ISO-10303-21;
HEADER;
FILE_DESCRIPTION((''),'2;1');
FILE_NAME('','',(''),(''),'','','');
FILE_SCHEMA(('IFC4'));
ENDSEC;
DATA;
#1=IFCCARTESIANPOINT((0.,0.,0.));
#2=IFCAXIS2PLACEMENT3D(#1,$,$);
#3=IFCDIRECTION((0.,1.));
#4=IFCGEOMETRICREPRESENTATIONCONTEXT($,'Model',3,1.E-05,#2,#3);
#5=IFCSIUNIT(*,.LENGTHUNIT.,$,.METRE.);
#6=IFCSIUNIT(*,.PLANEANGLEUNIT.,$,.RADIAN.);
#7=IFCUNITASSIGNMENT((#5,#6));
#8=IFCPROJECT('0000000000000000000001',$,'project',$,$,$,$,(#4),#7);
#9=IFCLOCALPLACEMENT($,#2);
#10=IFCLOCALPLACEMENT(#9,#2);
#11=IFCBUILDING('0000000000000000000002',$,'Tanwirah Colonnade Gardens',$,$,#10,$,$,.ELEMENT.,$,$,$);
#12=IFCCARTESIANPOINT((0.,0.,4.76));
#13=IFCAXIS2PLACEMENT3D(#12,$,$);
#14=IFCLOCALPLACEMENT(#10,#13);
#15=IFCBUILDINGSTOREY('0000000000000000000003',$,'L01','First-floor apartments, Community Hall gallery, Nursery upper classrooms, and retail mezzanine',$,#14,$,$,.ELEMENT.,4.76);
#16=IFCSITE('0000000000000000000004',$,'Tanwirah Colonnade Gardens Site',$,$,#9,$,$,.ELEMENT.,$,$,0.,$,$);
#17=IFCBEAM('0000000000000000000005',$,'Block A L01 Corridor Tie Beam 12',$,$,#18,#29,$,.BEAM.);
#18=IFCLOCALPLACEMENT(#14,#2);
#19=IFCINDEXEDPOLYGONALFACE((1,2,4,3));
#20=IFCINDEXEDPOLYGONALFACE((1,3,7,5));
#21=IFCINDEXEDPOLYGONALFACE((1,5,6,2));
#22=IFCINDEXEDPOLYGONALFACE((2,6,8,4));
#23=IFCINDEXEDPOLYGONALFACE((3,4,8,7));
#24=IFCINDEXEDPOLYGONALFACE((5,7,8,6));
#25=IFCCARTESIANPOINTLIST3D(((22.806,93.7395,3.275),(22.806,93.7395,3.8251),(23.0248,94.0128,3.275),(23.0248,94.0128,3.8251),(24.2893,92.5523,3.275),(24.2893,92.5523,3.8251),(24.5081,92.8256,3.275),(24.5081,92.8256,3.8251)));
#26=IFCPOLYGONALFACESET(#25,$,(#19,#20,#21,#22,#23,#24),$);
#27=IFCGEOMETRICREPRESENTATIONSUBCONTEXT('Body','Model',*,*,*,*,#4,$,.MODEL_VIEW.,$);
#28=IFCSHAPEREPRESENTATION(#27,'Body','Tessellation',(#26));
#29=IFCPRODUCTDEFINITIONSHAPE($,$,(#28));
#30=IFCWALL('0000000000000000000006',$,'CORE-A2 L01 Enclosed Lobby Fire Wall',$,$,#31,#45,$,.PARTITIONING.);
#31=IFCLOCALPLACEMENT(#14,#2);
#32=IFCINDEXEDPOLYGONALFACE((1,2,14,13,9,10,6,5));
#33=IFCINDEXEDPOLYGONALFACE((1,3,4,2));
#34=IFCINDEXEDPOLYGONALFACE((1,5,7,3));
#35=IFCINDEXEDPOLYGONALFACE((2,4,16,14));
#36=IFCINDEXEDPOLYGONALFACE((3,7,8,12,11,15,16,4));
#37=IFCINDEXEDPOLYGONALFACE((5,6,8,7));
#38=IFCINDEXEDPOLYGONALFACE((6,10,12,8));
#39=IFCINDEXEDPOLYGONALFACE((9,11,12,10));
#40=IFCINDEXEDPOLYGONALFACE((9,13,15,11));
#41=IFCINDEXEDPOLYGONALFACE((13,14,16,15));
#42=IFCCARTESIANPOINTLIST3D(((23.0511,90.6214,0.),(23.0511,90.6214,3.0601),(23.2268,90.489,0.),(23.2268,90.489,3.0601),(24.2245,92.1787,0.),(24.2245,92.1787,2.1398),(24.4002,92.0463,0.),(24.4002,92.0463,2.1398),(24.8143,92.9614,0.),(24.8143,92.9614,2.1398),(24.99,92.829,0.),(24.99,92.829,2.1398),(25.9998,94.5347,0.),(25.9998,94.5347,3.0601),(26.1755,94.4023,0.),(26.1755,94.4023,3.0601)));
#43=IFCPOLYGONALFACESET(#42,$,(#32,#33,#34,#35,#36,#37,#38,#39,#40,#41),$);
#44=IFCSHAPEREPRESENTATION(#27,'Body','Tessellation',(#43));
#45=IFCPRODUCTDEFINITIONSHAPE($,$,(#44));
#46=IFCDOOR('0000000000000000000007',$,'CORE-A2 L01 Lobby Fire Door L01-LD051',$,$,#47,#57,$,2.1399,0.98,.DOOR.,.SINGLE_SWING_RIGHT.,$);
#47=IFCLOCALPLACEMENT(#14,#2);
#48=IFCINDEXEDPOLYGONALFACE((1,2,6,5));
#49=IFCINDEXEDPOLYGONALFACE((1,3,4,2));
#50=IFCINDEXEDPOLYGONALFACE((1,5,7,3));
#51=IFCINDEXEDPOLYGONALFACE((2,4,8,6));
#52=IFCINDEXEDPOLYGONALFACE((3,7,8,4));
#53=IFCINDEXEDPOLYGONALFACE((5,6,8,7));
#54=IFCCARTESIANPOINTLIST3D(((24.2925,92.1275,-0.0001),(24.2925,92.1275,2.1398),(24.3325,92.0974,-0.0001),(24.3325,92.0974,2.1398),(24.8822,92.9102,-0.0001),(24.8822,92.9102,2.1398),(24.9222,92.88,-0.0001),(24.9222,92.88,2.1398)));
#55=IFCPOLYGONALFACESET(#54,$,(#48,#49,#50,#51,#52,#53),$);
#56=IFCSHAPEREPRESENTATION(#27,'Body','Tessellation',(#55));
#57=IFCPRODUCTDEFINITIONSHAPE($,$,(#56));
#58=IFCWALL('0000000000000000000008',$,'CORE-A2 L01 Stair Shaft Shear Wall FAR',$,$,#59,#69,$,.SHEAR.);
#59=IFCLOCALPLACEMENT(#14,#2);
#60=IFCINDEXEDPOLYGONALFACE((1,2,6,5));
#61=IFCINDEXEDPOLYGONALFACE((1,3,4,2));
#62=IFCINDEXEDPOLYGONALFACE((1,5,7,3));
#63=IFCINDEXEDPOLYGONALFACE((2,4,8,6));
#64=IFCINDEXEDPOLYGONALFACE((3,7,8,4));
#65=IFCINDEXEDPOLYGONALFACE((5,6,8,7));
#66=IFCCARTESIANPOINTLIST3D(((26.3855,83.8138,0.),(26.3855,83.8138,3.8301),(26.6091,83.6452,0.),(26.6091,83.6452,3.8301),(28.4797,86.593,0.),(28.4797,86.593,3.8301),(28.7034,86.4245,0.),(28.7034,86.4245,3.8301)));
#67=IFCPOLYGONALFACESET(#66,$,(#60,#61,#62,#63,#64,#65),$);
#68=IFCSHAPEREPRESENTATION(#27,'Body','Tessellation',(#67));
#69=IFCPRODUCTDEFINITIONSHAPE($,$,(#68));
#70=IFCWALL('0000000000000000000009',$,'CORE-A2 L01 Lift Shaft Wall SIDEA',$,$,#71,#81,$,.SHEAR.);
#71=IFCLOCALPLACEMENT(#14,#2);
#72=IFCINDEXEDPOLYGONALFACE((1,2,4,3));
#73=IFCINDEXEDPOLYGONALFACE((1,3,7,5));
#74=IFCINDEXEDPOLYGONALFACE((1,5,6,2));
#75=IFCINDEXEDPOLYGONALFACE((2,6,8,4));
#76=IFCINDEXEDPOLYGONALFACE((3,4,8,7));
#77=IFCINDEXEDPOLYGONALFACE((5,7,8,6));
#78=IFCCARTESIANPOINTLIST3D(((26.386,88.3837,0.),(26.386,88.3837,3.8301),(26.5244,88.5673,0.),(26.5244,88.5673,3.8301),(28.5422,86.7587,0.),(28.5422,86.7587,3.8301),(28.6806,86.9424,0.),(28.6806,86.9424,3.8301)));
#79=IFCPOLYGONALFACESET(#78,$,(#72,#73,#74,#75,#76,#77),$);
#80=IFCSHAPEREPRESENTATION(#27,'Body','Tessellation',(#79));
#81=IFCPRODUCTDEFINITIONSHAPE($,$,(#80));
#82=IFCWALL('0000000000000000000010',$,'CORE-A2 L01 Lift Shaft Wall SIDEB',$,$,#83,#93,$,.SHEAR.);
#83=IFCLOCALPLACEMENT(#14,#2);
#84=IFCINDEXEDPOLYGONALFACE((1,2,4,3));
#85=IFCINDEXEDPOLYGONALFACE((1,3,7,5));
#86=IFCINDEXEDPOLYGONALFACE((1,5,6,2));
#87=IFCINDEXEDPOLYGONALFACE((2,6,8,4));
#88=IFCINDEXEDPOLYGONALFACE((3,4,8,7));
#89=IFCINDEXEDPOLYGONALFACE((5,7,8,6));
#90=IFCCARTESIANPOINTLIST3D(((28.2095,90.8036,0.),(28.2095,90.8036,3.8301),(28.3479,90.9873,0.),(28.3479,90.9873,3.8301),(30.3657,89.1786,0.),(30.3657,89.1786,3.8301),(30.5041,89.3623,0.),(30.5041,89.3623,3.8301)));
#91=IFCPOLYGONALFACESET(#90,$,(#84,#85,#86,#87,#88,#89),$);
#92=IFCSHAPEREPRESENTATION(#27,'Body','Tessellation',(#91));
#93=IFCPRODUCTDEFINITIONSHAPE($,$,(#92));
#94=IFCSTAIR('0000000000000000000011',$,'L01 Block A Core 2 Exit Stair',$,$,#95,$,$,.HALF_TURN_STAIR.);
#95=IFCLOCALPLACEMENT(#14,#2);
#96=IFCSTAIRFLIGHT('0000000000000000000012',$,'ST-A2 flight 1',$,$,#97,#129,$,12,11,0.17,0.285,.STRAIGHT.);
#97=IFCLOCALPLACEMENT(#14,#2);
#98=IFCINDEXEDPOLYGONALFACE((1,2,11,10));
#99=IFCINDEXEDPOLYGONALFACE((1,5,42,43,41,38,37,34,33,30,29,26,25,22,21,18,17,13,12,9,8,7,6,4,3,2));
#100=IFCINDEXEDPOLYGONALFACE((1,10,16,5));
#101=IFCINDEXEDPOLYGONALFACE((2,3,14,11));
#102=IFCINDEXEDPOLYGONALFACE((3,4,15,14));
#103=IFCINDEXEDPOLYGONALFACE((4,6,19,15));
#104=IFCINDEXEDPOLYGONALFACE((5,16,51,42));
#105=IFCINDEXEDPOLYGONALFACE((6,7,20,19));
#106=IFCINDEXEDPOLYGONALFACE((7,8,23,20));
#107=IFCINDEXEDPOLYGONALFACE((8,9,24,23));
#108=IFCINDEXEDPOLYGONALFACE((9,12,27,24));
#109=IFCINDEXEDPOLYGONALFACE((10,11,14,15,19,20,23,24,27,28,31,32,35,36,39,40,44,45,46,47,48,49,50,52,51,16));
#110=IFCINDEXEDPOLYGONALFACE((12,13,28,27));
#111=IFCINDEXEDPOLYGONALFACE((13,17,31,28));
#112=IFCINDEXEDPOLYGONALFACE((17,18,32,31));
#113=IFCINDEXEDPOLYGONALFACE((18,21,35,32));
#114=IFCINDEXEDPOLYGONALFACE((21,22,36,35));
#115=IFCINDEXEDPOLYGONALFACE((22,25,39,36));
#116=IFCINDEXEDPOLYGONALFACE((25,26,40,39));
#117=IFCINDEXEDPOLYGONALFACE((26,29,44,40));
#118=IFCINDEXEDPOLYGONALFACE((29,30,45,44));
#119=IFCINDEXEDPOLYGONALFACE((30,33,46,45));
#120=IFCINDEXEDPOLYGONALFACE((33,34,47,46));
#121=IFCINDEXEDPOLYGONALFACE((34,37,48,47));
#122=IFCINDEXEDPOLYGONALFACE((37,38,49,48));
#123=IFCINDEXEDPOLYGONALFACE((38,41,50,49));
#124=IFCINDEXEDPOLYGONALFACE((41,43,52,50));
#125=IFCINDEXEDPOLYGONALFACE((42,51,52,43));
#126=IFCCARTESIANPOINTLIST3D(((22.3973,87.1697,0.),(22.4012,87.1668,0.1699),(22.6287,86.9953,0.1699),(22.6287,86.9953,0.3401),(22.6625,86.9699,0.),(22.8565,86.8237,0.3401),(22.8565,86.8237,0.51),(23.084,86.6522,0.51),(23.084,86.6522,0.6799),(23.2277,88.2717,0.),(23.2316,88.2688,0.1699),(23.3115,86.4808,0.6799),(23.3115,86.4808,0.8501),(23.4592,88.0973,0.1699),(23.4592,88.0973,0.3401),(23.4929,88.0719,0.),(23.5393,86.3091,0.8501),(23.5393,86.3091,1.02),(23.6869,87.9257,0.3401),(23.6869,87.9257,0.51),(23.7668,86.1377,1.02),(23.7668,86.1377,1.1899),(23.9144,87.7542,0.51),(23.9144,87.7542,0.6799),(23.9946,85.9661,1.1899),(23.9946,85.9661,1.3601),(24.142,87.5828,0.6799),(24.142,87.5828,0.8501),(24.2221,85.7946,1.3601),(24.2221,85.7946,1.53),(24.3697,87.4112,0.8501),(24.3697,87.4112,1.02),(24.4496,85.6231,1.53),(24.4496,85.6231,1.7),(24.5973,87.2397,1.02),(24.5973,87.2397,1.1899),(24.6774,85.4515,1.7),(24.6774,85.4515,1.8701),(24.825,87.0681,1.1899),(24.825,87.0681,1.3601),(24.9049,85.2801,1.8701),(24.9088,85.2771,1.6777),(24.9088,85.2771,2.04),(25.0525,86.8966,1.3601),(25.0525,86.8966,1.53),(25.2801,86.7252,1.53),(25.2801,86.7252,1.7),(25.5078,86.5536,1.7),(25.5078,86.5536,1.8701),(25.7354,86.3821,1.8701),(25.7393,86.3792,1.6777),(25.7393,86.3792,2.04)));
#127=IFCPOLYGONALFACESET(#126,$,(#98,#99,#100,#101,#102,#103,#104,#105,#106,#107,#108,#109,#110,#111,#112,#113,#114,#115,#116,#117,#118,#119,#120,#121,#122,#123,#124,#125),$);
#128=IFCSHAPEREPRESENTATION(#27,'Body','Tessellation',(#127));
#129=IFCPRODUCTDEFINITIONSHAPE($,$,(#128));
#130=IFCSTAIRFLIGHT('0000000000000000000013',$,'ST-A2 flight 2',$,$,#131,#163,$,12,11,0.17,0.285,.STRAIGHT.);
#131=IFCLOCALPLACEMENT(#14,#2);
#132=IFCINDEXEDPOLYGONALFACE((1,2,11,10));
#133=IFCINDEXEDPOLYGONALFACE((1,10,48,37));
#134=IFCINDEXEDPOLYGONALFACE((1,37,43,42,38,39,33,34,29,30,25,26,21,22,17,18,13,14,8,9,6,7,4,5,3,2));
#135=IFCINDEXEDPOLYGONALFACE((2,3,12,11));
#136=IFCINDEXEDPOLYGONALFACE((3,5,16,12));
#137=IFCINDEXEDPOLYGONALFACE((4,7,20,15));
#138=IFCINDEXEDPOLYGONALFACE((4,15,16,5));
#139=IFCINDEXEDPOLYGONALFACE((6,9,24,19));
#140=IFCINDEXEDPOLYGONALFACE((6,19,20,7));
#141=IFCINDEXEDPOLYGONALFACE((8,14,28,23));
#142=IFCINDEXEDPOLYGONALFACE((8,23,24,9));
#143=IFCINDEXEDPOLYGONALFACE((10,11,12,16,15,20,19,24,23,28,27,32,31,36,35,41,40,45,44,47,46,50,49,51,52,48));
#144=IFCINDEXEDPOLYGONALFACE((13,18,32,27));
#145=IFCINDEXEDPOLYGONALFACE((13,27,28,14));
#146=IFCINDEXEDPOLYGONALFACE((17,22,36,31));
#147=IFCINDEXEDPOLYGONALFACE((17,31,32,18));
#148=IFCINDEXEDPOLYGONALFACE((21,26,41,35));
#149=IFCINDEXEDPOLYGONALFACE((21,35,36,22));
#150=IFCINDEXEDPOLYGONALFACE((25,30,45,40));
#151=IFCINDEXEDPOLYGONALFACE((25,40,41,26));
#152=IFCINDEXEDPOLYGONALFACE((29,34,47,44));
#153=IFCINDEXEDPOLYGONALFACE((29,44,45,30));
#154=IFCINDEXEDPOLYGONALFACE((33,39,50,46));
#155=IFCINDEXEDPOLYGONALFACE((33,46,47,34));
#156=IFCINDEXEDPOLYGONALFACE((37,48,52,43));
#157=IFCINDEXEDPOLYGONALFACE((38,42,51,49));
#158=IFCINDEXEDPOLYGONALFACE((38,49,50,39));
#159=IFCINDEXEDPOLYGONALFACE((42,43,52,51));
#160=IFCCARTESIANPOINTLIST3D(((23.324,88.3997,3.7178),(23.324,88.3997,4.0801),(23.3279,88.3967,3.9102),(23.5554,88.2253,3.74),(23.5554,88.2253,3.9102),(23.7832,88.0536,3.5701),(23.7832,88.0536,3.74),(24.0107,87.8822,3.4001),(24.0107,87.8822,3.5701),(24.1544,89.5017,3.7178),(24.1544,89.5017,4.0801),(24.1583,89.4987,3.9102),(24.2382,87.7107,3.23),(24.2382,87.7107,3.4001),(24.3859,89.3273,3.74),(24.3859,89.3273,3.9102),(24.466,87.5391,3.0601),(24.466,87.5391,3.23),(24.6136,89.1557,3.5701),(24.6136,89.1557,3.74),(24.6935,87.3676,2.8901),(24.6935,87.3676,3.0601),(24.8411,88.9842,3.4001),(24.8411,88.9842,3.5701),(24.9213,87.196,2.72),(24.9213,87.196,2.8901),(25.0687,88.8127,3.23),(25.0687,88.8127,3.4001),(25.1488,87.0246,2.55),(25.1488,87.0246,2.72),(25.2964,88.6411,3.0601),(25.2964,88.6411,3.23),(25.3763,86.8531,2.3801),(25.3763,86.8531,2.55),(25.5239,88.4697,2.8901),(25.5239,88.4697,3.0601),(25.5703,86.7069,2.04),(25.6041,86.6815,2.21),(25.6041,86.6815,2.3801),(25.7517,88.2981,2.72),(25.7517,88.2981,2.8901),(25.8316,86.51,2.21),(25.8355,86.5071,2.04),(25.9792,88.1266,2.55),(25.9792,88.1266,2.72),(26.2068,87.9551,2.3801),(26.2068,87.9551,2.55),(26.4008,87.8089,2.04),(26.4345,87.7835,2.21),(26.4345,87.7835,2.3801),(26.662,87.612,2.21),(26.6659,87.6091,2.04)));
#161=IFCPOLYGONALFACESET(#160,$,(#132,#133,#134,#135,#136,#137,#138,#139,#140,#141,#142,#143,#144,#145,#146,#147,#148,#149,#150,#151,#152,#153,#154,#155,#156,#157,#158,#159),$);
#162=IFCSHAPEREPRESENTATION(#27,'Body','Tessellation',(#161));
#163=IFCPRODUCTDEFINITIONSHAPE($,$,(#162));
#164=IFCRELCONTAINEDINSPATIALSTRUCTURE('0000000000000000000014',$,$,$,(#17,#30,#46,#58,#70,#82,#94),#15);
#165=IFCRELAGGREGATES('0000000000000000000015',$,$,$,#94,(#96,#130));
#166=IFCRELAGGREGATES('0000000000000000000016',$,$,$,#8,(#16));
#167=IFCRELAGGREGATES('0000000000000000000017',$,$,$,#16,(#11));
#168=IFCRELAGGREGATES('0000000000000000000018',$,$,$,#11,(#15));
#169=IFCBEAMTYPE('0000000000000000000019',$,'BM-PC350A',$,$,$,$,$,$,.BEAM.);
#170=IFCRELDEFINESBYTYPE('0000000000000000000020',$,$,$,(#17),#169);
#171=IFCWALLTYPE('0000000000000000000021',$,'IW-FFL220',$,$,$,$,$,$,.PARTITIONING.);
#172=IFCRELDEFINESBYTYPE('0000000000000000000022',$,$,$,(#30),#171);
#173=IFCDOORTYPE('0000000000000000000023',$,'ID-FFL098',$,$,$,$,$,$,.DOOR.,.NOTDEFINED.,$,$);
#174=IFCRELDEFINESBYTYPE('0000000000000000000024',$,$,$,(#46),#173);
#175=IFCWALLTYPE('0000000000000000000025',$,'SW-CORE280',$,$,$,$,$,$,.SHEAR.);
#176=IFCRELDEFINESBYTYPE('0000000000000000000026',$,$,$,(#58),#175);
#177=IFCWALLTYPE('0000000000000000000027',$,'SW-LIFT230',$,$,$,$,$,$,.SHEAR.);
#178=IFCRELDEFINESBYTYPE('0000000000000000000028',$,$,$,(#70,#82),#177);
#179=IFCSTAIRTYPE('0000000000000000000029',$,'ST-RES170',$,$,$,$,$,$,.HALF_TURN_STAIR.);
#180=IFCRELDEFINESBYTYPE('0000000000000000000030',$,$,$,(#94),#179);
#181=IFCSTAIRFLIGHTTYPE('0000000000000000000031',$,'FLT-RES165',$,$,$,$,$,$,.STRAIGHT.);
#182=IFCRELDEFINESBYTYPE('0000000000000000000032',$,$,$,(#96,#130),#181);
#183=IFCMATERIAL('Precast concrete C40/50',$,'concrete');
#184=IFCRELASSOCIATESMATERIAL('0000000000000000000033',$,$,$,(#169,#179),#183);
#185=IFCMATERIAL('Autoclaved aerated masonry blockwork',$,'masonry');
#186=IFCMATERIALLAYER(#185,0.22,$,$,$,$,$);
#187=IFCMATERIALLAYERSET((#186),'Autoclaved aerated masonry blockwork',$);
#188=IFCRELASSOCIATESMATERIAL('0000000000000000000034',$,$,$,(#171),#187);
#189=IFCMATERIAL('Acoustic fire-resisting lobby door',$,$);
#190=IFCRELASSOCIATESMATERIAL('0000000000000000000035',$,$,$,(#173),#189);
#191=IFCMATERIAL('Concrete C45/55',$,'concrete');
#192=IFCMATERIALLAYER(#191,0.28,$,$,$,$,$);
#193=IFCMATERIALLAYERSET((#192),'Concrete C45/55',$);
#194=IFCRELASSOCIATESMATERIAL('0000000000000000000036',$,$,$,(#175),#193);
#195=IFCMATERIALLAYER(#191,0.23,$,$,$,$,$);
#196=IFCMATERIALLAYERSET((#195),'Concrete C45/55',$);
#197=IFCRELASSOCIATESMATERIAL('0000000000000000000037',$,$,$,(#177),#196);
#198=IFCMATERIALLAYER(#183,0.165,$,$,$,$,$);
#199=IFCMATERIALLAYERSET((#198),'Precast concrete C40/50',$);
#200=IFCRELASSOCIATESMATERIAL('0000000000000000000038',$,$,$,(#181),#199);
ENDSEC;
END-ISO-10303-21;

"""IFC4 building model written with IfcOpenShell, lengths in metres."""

from ifc_helpers import new_model, si_unit, direction, frame, frame_2d, origin, origin_2d, place, context, subcontext, project, spatial, polyline, rectangle, outline, extrude, material, layer, layer_set, material_profile, profile_set, type_object, element, fill, aggregate, save


model = new_model("IFC4")

# Units and contexts
model_context = context("Model", 3, precision=1e-05, world=origin(), true_north=direction((0.0, 1.0)))
body_context = subcontext(model_context, "Body", "Model", "MODEL_VIEW")
ifc_project = project(units=[si_unit("LENGTHUNIT", "METRE"), si_unit("PLANEANGLEUNIT", "RADIAN")], contexts=[model_context])

# Site, building, storey
site_placement = place(None, origin())
site = spatial("IfcSite", under=ifc_project, at=site_placement, Name="Tanwirah Colonnade Gardens Site", CompositionType="ELEMENT", RefElevation=0.0)
building_placement = place(site_placement, origin())
building = spatial("IfcBuilding", under=site, at=building_placement, Name="Tanwirah Colonnade Gardens", CompositionType="ELEMENT")
storey_placement = place(building_placement, frame((0.0, 0.0, 4.76)))
storey = spatial("IfcBuildingStorey", under=building, at=storey_placement, Name="L01", Description="First-floor apartments, Community Hall gallery, Nursery upper classrooms, and retail mezzanine", CompositionType="ELEMENT", Elevation=4.76)

# Beam
ifc_material_1 = material(Name="Precast concrete C40/50", Category="concrete")
ifc_material_profile = material_profile(ifc_material_1, rectangle(XDim=0.3501, YDim=0.55, at=origin_2d()), Name="PC-BM 350x550")
ifc_profile_set = profile_set([ifc_material_profile], Name="Precast concrete C40/50")
beam_type = type_object("IfcBeamType", Name="BM-PC350A", PredefinedType="BEAM", material=ifc_profile_set)
beam_placement = place(storey_placement, frame((24.3987, 92.689, 3.55), z_axis=(-0.780731, 0.624867, 0.0), x_axis=(-0.624867, -0.780731, 0.0)))
element("IfcBeam", 1, at=beam_placement, inside=storey, type_object=beam_type, Name="Block A L01 Corridor Tie Beam 12", PredefinedType="BEAM", context=body_context, shape_type="SweptSolid", body=[
    extrude(rectangle(XDim=0.3501, YDim=0.55, at=origin_2d()), origin(), (0.0, 0.0, 1.0), 1.8999),
])

# Wall, opening, door
ifc_material_2 = material(Name="Autoclaved aerated masonry blockwork", Category="masonry")
ifc_layer_1 = layer(ifc_material_2, 0.22)
ifc_layer_set_1 = layer_set([ifc_layer_1], Name="Autoclaved aerated masonry blockwork")
wall_type_1 = type_object("IfcWallType", Name="IW-FFL220", PredefinedType="PARTITIONING", material=ifc_layer_set_1)
wall_1_placement = place(storey_placement, frame((23.1389, 90.5552, 0.0), z_axis=(0.0, 0.0, 1.0), x_axis=(0.601792, 0.798653, 0.0)))
wall_1 = element("IfcWall", 2, at=wall_1_placement, inside=storey, type_object=wall_type_1, Name="CORE-A2 L01 Enclosed Lobby Fire Wall", PredefinedType="PARTITIONING", context=body_context, shape_type="SweptSolid", body=[
    extrude(rectangle(XDim=4.8999, YDim=0.22, at=frame_2d((2.45, 0.0))), origin(), (0.0, 0.0, 1.0), 3.0601),
])
opening_1_placement = place(wall_1_placement, frame((1.95, 0.0, 0.0)))
opening_1 = element("IfcOpeningElement", 3, at=opening_1_placement, cuts=wall_1, PredefinedType="OPENING", context=body_context, shape_type="SweptSolid", body=[
    extrude(rectangle(XDim=0.98, YDim=2.1399, at=frame_2d((0.49, 1.0698))), frame((0.0, 0.1199, 0.0), z_axis=(0.0, -1.0, 0.0), x_axis=(1.0, 0.0, 0.0)), (0.0, 0.0, 1.0), 0.24),
])
ifc_material_3 = material(Name="Acoustic fire-resisting lobby door")
door_type_1 = type_object("IfcDoorType", Name="ID-FFL098", OperationType="NOTDEFINED", PredefinedType="DOOR", material=ifc_material_3)
door_1_placement = place(opening_1_placement, origin())
door_1 = element("IfcDoor", 4, at=door_1_placement, inside=storey, type_object=door_type_1, Name="CORE-A2 L01 Lobby Fire Door L01-LD051", OperationType="SINGLE_SWING_RIGHT", OverallHeight=2.1399, OverallWidth=0.98, PredefinedType="DOOR", context=body_context, shape_type="SweptSolid", body=[
    extrude(rectangle(XDim=0.98, YDim=2.1399, at=frame_2d((0.49, 1.0698))), frame((0.0, 0.0249, 0.0), z_axis=(0.0, -1.0, 0.0), x_axis=(1.0, 0.0, 0.0)), (0.0, 0.0, 1.0), 0.05),
])
fill(opening_1, door_1)

# Wall
ifc_material_4 = material(Name="Concrete C45/55", Category="concrete")
ifc_layer_2 = layer(ifc_material_4, 0.28)
ifc_layer_set_2 = layer_set([ifc_layer_2], Name="Concrete C45/55")
wall_type_2 = type_object("IfcWallType", Name="SW-CORE280", PredefinedType="SHEAR", material=ifc_layer_set_2)
wall_2_placement = place(storey_placement, frame((26.4973, 83.7295, 0.0), z_axis=(0.0, 0.0, 1.0), x_axis=(0.601794, 0.798651, 0.0)))
element("IfcWall", 5, at=wall_2_placement, inside=storey, type_object=wall_type_2, Name="CORE-A2 L01 Stair Shaft Shear Wall FAR", PredefinedType="SHEAR", context=body_context, shape_type="SweptSolid", body=[
    extrude(rectangle(XDim=3.48, YDim=0.28, at=frame_2d((1.74, 0.0))), origin(), (0.0, 0.0, 1.0), 3.8301),
])

# Shared definitions
ifc_layer_3 = layer(ifc_material_4, 0.23)
ifc_layer_set_3 = layer_set([ifc_layer_3], Name="Concrete C45/55")
wall_type_3 = type_object("IfcWallType", Name="SW-LIFT230", PredefinedType="SHEAR", material=ifc_layer_set_3)

# Walls
for number, where, z_axis, x_axis, name in (
    (6, (26.4551, 88.4756, 0.0), (0.0, 0.0, 1.0), (0.798609, -0.60185, 0.0), "CORE-A2 L01 Lift Shaft Wall SIDEA"),
    (7, (28.2786, 90.8955, 0.0), (0.0, 0.0, 1.0), (0.798609, -0.60185, 0.0), "CORE-A2 L01 Lift Shaft Wall SIDEB"),
):
    element("IfcWall", number, at=place(storey_placement, frame(where, z_axis=z_axis, x_axis=x_axis)), inside=storey, type_object=wall_type_3, Name=name, PredefinedType="SHEAR", context=body_context, shape_type="SweptSolid", body=[
        extrude(rectangle(XDim=2.7, YDim=0.23, at=frame_2d((1.3501, 0.0))), origin(), (0.0, 0.0, 1.0), 3.8301),
    ])

# Stair, stair flights
stair_type = type_object("IfcStairType", Name="ST-RES170", PredefinedType="HALF_TURN_STAIR", material=ifc_material_1)
stair_placement = place(storey_placement, origin())
stair = element("IfcStair", 8, at=stair_placement, inside=storey, type_object=stair_type, Name="L01 Block A Core 2 Exit Stair", PredefinedType="HALF_TURN_STAIR")
ifc_layer_4 = layer(ifc_material_1, 0.165)
ifc_layer_set_4 = layer_set([ifc_layer_4], Name="Precast concrete C40/50")
stair_flight_type = type_object("IfcStairFlightType", Name="FLT-RES165", PredefinedType="STRAIGHT", material=ifc_layer_set_4)
stair_flight_1_placement = place(storey_placement, frame((22.8164, 87.7178, 0.0), z_axis=(0.0, 0.0, 1.0), x_axis=(0.798636, -0.601815, 0.0)))
stair_flight_1 = element("IfcStairFlight", 9, at=stair_flight_1_placement, type_object=stair_flight_type, Name="ST-A2 flight 1", NumberOfRisers=12, NumberOfTreads=11, PredefinedType="STRAIGHT", RiserHeight=0.17, TreadLength=0.285, context=body_context, shape_type="SweptSolid", body=[
    extrude(outline(polyline([(-0.0049, 0.0), (0.0, 0.1699), (0.2849, 0.1699), (0.2849, 0.3401), (0.5701, 0.3401), (0.5701, 0.51), (0.855, 0.51), (0.855, 0.6799), (1.1399, 0.6799), (1.1399, 0.8501), (1.425, 0.8501), (1.425, 1.02), (1.71, 1.02), (1.71, 1.1899), (1.9951, 1.1899), (1.9951, 1.3601), (2.28, 1.3601), (2.28, 1.53), (2.5649, 1.53), (2.5649, 1.7), (2.8501, 1.7), (2.8501, 1.8701), (3.135, 1.8701), (3.1399, 2.04), (3.1399, 1.6777), (0.3271, 0.0), (-0.0049, 0.0)])), frame((0.0, 0.6899, 0.0), z_axis=(0.0, -1.0, 0.0), x_axis=(1.0, 0.0, 0.0)), (0.0, 0.0, 1.0), 1.3799),
])
stair_flight_2_placement = place(storey_placement, frame((26.2468, 87.061, 2.04), z_axis=(0.0, 0.0, 1.0), x_axis=(-0.798636, 0.601815, 0.0)))
stair_flight_2 = element("IfcStairFlight", 10, at=stair_flight_2_placement, type_object=stair_flight_type, Name="ST-A2 flight 2", NumberOfRisers=12, NumberOfTreads=11, PredefinedType="STRAIGHT", RiserHeight=0.17, TreadLength=0.285, context=body_context, shape_type="SweptSolid", body=[
    extrude(outline(polyline([(-0.0049, 0.0), (0.0, 0.1699), (0.2849, 0.1699), (0.2849, 0.3401), (0.5701, 0.3401), (0.5701, 0.51), (0.855, 0.51), (0.855, 0.6799), (1.1399, 0.6799), (1.1399, 0.8501), (1.425, 0.8501), (1.425, 1.02), (1.71, 1.02), (1.71, 1.1899), (1.9951, 1.1899), (1.9951, 1.3601), (2.28, 1.3601), (2.28, 1.53), (2.5649, 1.53), (2.5649, 1.7), (2.8501, 1.7), (2.8501, 1.8701), (3.135, 1.8701), (3.1399, 2.04), (3.1399, 1.6777), (0.3271, 0.0), (-0.0049, 0.0)])), frame((0.0, 0.6899, 0.0), z_axis=(0.0, -1.0, 0.0), x_axis=(1.0, 0.0, 0.0)), (0.0, 0.0, 1.0), 1.3799),
])
aggregate(stair, [stair_flight_1, stair_flight_2])

save(model, "model.ifc")
